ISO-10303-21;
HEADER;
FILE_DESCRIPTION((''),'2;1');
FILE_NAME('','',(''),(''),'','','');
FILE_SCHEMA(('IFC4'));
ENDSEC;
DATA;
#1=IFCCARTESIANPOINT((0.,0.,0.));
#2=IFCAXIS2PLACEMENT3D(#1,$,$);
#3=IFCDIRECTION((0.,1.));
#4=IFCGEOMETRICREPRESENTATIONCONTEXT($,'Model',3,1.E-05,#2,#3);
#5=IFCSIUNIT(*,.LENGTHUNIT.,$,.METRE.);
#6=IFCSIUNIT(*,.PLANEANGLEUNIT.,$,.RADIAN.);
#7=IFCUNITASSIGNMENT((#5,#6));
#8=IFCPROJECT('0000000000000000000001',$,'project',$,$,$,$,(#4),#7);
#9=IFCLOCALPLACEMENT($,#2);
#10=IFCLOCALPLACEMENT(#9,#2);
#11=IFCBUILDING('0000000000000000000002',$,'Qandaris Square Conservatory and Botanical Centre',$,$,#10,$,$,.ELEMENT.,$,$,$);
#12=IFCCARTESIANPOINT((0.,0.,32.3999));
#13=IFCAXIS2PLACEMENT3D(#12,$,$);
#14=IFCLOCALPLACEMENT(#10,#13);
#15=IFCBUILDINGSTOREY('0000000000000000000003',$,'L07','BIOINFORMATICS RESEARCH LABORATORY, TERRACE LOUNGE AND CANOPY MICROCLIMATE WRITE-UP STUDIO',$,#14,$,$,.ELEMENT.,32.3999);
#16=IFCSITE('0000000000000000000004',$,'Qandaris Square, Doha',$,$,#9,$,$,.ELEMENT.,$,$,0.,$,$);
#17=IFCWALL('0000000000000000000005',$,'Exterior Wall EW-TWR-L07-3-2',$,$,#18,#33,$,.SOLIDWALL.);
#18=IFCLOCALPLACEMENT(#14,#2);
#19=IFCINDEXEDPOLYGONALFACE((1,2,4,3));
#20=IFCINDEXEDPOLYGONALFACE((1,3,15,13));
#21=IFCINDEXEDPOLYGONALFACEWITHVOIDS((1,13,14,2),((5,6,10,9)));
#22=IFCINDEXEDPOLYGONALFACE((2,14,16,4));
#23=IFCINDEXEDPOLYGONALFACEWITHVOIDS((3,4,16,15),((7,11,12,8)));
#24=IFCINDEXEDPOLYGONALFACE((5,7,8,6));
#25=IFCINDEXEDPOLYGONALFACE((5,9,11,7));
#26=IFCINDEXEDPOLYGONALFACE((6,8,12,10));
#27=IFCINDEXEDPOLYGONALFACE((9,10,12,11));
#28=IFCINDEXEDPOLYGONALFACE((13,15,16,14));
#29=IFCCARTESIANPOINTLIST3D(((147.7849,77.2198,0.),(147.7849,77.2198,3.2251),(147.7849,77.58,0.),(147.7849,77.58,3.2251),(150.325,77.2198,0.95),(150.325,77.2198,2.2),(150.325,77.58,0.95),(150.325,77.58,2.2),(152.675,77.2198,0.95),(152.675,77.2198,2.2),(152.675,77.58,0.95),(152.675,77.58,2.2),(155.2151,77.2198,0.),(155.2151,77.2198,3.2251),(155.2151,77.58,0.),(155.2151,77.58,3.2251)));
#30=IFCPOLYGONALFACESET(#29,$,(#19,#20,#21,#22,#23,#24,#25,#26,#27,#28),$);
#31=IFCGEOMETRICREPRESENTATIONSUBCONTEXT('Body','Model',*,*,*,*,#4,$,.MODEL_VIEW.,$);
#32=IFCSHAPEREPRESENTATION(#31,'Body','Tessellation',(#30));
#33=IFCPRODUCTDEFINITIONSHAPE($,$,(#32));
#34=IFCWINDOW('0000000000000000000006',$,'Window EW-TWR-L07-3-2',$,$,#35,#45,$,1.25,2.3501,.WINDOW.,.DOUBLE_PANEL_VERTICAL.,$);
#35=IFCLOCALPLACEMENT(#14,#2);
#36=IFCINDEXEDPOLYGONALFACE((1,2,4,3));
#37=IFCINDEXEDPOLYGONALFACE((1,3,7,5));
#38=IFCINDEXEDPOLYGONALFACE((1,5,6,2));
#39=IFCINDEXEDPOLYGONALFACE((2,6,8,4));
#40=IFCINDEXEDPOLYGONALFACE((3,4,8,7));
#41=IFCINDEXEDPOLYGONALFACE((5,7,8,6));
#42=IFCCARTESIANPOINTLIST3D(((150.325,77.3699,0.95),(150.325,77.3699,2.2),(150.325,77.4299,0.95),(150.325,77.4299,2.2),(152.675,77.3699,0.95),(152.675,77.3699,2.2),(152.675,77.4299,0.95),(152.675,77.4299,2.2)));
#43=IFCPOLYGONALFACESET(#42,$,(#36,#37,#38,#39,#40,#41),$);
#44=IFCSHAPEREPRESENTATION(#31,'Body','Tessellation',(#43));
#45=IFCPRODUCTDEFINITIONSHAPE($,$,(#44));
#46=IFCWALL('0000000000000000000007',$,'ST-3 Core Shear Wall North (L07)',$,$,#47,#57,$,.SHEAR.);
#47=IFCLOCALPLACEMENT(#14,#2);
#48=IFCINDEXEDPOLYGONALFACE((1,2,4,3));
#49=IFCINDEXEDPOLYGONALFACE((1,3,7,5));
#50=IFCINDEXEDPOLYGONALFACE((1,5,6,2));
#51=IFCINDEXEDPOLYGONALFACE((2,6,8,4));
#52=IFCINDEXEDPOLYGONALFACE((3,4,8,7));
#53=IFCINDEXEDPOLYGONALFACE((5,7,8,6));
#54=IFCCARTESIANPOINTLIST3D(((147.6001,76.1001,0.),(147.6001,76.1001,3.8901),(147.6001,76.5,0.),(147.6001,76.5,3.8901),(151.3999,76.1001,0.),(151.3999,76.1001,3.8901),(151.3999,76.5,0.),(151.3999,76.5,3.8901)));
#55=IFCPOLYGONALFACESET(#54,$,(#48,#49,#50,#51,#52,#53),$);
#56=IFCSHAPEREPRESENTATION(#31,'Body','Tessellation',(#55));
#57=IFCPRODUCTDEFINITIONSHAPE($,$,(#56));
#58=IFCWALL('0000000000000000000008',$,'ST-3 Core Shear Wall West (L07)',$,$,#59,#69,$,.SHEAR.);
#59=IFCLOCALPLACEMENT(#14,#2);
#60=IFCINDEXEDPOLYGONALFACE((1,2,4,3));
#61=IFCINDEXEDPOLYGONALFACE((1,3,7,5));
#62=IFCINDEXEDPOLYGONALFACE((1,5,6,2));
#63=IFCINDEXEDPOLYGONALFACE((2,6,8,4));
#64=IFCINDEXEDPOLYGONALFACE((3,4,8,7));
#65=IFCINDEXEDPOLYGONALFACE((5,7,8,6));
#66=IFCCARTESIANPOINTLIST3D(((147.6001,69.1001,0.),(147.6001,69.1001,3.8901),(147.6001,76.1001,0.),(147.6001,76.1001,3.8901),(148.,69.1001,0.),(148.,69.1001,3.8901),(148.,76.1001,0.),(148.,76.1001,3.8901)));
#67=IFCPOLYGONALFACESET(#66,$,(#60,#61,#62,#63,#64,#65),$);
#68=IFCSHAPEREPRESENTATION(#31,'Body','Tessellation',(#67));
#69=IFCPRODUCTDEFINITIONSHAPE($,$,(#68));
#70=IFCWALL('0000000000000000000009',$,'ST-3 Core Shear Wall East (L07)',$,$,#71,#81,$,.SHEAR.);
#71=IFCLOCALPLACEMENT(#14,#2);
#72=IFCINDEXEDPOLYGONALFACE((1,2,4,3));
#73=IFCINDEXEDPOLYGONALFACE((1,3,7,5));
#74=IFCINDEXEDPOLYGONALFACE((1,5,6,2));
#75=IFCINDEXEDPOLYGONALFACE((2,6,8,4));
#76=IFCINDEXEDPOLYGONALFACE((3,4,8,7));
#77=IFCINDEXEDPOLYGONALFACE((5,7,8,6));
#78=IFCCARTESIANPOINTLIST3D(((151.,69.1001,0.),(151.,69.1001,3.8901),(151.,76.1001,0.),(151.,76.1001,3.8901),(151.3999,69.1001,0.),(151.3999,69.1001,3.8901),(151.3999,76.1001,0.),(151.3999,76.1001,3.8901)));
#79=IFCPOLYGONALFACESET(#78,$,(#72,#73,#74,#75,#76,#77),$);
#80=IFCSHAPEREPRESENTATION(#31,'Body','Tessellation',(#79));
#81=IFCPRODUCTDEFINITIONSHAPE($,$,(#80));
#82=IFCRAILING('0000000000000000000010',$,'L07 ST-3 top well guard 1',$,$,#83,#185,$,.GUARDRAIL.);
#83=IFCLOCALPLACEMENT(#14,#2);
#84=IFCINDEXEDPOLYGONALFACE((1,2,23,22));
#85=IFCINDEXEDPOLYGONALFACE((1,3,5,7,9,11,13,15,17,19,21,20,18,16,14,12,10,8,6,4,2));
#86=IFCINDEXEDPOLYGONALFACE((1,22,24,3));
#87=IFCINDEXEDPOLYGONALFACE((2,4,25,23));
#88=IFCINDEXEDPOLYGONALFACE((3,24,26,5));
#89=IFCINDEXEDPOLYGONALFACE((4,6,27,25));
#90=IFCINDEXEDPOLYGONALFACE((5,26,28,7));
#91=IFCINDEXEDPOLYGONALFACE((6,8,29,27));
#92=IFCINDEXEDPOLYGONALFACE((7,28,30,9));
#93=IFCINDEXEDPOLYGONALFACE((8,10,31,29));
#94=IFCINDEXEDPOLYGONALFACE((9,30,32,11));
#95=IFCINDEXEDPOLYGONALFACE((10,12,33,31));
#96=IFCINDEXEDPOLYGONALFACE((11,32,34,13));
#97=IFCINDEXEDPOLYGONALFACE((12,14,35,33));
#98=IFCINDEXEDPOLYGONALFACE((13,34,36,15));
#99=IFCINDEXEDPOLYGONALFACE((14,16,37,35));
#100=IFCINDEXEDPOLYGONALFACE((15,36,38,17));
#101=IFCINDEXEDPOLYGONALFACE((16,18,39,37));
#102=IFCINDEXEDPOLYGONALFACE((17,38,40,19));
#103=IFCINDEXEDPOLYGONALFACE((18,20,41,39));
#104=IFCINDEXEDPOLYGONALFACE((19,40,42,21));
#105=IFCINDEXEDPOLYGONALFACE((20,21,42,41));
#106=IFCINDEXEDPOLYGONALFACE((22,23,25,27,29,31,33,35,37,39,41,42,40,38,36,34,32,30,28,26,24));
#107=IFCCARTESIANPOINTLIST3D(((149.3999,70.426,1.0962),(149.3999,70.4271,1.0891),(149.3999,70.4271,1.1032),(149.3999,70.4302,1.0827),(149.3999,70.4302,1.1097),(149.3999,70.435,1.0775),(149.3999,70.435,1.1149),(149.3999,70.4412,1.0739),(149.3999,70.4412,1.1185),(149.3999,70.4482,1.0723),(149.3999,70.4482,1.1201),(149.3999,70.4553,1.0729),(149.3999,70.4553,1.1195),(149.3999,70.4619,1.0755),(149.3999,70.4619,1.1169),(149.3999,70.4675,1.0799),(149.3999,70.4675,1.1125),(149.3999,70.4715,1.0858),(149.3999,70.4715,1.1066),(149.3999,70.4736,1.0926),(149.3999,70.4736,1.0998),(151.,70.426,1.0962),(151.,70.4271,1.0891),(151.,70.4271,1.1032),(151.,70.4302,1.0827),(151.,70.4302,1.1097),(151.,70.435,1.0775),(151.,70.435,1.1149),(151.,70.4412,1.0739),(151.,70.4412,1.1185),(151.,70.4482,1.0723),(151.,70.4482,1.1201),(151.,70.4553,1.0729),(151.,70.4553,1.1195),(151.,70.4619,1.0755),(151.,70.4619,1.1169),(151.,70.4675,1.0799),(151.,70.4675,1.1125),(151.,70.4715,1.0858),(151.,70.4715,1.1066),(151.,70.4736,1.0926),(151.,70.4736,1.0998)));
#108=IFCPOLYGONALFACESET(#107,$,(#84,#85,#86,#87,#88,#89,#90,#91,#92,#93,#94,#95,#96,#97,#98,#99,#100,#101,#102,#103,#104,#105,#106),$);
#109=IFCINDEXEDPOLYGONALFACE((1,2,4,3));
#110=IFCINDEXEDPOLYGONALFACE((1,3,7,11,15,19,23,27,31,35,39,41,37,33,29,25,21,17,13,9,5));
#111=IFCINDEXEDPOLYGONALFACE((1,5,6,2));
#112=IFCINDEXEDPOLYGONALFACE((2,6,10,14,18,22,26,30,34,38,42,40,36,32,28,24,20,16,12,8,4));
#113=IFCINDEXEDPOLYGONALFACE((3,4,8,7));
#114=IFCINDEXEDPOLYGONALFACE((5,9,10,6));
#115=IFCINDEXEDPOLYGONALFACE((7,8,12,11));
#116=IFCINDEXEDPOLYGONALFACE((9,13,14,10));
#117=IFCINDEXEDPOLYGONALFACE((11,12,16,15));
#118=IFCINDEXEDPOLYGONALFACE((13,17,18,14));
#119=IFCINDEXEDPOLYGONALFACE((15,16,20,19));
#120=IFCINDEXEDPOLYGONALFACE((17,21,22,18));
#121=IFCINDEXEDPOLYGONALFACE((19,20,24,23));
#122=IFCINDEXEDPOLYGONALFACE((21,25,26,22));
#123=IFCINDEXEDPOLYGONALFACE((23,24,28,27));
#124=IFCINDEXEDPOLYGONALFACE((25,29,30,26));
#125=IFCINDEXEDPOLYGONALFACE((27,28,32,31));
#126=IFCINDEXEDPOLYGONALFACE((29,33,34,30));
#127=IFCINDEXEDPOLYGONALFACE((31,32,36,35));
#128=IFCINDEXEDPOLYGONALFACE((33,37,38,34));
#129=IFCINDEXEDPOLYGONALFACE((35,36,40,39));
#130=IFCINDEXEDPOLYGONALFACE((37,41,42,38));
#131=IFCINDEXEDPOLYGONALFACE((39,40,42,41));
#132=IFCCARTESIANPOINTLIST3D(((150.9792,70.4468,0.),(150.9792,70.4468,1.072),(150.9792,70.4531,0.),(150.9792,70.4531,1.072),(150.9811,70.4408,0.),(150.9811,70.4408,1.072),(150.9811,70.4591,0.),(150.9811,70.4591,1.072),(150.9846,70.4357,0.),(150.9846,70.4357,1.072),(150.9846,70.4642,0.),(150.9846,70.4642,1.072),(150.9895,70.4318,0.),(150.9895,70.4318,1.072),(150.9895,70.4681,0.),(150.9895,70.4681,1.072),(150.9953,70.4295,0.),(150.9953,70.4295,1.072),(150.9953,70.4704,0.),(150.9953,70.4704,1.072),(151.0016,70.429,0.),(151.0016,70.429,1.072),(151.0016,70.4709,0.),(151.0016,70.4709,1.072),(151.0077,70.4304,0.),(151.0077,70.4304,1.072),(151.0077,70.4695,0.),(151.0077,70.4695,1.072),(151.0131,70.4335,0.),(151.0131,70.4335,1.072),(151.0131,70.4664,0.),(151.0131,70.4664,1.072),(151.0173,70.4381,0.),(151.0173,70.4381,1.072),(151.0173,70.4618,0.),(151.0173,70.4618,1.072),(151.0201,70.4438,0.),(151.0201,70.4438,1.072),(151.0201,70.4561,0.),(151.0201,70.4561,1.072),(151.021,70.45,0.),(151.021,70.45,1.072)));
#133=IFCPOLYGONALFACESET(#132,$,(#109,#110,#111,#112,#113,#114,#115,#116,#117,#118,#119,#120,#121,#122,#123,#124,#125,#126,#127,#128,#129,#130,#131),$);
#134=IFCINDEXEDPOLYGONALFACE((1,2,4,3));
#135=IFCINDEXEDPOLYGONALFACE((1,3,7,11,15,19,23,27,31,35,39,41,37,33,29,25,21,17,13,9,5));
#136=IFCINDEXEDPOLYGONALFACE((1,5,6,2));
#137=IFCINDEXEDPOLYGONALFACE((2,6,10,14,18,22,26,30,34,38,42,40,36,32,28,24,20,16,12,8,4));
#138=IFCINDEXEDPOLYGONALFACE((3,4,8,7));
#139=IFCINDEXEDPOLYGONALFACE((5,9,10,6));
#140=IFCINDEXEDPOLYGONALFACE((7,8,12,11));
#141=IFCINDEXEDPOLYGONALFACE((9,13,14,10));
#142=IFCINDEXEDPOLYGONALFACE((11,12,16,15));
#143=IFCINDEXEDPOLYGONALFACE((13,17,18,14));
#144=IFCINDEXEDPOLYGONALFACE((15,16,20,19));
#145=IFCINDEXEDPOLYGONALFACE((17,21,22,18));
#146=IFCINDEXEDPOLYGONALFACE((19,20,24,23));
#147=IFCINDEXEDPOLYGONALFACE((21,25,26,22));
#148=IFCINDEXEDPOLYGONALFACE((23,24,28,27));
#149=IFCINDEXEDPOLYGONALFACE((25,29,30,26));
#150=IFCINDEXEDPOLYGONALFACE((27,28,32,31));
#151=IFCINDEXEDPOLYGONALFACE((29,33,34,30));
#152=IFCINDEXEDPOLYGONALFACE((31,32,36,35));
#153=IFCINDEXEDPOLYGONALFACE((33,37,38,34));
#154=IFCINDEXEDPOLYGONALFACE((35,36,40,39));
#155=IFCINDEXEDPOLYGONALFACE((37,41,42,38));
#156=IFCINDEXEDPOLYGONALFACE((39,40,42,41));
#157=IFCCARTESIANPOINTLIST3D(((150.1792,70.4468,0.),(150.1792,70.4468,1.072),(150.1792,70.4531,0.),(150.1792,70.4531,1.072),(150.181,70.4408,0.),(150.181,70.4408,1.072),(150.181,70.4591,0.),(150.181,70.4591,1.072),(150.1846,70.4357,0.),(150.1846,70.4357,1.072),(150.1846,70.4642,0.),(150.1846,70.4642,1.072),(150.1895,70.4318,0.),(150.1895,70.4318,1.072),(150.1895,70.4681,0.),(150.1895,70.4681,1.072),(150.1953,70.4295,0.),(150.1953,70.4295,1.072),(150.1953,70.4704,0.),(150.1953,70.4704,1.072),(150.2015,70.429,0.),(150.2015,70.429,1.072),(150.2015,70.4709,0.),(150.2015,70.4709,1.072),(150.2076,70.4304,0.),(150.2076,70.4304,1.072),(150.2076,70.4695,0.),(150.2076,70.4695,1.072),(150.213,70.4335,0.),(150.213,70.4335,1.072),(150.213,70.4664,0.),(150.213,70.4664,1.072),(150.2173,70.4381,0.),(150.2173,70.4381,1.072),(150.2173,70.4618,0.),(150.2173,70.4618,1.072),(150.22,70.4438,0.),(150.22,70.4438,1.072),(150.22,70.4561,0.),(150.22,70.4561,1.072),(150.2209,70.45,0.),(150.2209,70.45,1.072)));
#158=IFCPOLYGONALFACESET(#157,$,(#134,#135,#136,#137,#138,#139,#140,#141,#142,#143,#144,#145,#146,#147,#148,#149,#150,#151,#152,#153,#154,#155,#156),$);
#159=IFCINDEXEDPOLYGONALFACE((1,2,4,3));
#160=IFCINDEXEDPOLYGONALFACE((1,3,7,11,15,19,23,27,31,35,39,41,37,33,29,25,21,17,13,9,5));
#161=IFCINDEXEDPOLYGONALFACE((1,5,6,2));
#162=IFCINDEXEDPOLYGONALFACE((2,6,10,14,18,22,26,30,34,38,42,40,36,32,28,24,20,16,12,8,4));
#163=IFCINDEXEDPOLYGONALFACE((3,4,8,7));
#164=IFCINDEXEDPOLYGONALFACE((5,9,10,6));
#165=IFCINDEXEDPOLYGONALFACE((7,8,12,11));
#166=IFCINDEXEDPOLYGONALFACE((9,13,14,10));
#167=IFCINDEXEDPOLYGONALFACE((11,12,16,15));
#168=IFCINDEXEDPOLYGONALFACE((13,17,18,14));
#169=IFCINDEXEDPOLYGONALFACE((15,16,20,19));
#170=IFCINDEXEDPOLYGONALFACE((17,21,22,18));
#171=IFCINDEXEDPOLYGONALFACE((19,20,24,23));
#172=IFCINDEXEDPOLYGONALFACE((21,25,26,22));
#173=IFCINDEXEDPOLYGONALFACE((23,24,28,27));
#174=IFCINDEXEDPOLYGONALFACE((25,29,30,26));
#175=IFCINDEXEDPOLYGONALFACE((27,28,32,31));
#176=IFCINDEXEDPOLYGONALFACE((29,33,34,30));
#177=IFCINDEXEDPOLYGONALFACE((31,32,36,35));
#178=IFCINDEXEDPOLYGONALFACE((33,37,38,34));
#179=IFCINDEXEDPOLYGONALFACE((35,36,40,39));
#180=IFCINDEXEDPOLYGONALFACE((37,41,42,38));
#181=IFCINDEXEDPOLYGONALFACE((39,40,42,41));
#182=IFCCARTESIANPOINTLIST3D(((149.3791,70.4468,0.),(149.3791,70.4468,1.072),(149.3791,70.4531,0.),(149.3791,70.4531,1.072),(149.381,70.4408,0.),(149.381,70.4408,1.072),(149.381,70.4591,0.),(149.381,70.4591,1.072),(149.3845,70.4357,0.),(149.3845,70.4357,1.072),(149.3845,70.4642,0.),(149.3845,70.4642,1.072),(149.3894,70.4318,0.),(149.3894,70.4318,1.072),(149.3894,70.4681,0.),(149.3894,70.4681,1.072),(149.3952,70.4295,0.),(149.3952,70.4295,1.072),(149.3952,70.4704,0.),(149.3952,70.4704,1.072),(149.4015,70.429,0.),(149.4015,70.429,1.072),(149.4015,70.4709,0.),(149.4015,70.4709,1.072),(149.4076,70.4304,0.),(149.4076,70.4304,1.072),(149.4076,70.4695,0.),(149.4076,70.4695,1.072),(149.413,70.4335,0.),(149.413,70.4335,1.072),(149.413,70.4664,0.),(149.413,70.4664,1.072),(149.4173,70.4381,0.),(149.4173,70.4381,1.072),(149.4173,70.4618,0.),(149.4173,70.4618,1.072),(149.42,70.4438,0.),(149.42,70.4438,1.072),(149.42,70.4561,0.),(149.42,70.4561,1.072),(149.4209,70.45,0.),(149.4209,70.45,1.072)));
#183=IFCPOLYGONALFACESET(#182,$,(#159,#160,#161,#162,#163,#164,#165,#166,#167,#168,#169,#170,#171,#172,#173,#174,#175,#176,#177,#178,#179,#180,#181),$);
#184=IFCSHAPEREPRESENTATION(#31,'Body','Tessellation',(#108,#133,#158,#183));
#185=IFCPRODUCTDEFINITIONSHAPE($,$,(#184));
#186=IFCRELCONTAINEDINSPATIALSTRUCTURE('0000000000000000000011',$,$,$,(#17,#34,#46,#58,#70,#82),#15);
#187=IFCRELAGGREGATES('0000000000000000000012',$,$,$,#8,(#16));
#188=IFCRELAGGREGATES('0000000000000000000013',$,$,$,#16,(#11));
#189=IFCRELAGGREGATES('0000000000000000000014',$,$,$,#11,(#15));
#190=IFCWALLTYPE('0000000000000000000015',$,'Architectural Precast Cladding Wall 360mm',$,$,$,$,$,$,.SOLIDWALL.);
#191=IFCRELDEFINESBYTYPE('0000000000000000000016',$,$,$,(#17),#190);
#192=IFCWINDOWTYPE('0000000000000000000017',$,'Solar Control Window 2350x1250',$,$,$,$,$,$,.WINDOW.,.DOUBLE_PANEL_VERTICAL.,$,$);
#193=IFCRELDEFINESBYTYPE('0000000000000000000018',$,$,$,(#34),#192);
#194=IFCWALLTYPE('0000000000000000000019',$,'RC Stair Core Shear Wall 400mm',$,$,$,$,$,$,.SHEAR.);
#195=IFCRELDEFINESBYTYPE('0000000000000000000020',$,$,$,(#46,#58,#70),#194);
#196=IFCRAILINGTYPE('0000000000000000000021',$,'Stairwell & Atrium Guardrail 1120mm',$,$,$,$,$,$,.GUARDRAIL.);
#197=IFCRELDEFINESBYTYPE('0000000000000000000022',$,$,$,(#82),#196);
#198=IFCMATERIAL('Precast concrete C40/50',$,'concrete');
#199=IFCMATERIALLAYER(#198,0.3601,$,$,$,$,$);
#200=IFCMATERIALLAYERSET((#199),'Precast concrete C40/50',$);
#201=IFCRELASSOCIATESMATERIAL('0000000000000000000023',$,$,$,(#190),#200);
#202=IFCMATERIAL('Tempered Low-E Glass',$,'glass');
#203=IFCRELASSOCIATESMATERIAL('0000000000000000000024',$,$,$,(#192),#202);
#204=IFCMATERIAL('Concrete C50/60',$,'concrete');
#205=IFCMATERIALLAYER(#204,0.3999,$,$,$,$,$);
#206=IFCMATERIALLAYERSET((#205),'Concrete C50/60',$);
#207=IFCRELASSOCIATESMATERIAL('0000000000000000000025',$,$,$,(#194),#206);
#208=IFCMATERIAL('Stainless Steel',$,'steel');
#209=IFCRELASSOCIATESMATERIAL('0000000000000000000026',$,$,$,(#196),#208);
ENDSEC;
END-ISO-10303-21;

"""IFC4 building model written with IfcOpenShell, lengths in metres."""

from ifc_helpers import new_model, si_unit, direction, frame, frame_2d, origin, origin_2d, place, context, subcontext, project, spatial, rectangle, circle, extrude, material, layer, layer_set, type_object, element, fill, save


model = new_model("IFC4")

# Units and contexts
model_context = context("Model", 3, precision=1e-05, world=origin(), true_north=direction((0.0, 1.0)))
body_context = subcontext(model_context, "Body", "Model", "MODEL_VIEW")
ifc_project = project(units=[si_unit("LENGTHUNIT", "METRE"), si_unit("PLANEANGLEUNIT", "RADIAN")], contexts=[model_context])

# Site, building, storey
site_placement = place(None, origin())
site = spatial("IfcSite", under=ifc_project, at=site_placement, Name="Qandaris Square, Doha", CompositionType="ELEMENT", RefElevation=0.0)
building_placement = place(site_placement, origin())
building = spatial("IfcBuilding", under=site, at=building_placement, Name="Qandaris Square Conservatory and Botanical Centre", CompositionType="ELEMENT")
storey_placement = place(building_placement, frame((0.0, 0.0, 32.3999)))
storey = spatial("IfcBuildingStorey", under=building, at=storey_placement, Name="L07", Description="BIOINFORMATICS RESEARCH LABORATORY, TERRACE LOUNGE AND CANOPY MICROCLIMATE WRITE-UP STUDIO", CompositionType="ELEMENT", Elevation=32.3999)

# Shared definitions
ifc_material_1 = material(Name="Concrete C50/60", Category="concrete")

# Shared definitions
ifc_material_2 = material(Name="Tempered Low-E Glass", Category="glass")

# Wall, opening, window
ifc_material_3 = material(Name="Precast concrete C40/50", Category="concrete")
ifc_layer_1 = layer(ifc_material_3, 0.3601)
ifc_layer_set_1 = layer_set([ifc_layer_1], Name="Precast concrete C40/50")
wall_type_1 = type_object("IfcWallType", Name="Architectural Precast Cladding Wall 360mm", PredefinedType="SOLIDWALL", material=ifc_layer_set_1)
wall_1_placement = place(storey_placement, frame((155.2151, 77.3999, 0.0), z_axis=(0.0, 0.0, 1.0), x_axis=(-1.0, 0.0, 0.0)))
wall_1 = element("IfcWall", 1, at=wall_1_placement, inside=storey, type_object=wall_type_1, Name="Exterior Wall EW-TWR-L07-3-2", PredefinedType="SOLIDWALL", context=body_context, shape_type="SweptSolid", body=[
    extrude(rectangle(XDim=7.4302, YDim=0.3601, at=frame_2d((3.7151, 0.0))), origin(), (0.0, 0.0, 1.0), 3.2251),
])
opening_placement = place(wall_1_placement, frame((2.54, 0.0, 0.95)))
opening = element("IfcOpeningElement", 2, at=opening_placement, cuts=wall_1, PredefinedType="OPENING", context=body_context, shape_type="SweptSolid", body=[
    extrude(rectangle(XDim=2.3501, YDim=1.25, at=frame_2d((1.175, 0.625))), frame((0.0, 0.1919, 0.0), z_axis=(0.0, -1.0, 0.0), x_axis=(1.0, 0.0, 0.0)), (0.0, 0.0, 1.0), 0.384),
])
window_type = type_object("IfcWindowType", Name="Solar Control Window 2350x1250", PartitioningType="DOUBLE_PANEL_VERTICAL", PredefinedType="WINDOW", material=ifc_material_2)
window_placement = place(opening_placement, origin())
window = element("IfcWindow", 3, at=window_placement, inside=storey, type_object=window_type, Name="Window EW-TWR-L07-3-2", OverallHeight=1.25, OverallWidth=2.3501, PartitioningType="DOUBLE_PANEL_VERTICAL", PredefinedType="WINDOW", context=body_context, shape_type="SweptSolid", body=[
    extrude(rectangle(XDim=2.3501, YDim=1.25, at=frame_2d((1.175, 0.625))), frame((0.0, 0.03, 0.0), z_axis=(0.0, -1.0, 0.0), x_axis=(1.0, 0.0, 0.0)), (0.0, 0.0, 1.0), 0.0601),
])
fill(opening, window)

# Walls
ifc_layer_2 = layer(ifc_material_1, 0.3999)
ifc_layer_set_2 = layer_set([ifc_layer_2], Name="Concrete C50/60")
wall_type_2 = type_object("IfcWallType", Name="RC Stair Core Shear Wall 400mm", PredefinedType="SHEAR", material=ifc_layer_set_2)
wall_2_placement = place(storey_placement, frame((147.6001, 76.3, 0.0), z_axis=(0.0, 0.0, 1.0), x_axis=(1.0, 0.0, 0.0)))
element("IfcWall", 4, at=wall_2_placement, inside=storey, type_object=wall_type_2, Name="ST-3 Core Shear Wall North (L07)", PredefinedType="SHEAR", context=body_context, shape_type="SweptSolid", body=[
    extrude(rectangle(XDim=3.7998, YDim=0.3999, at=frame_2d((1.8999, 0.0))), origin(), (0.0, 0.0, 1.0), 3.8901),
])
for number, where, z_axis, x_axis, name in (
    (5, (147.8, 69.1001, 0.0), (0.0, 0.0, 1.0), (0.0, 1.0, 0.0), "ST-3 Core Shear Wall West (L07)"),
    (6, (151.2, 69.1001, 0.0), (0.0, 0.0, 1.0), (0.0, 1.0, 0.0), "ST-3 Core Shear Wall East (L07)"),
):
    element("IfcWall", number, at=place(storey_placement, frame(where, z_axis=z_axis, x_axis=x_axis)), inside=storey, type_object=wall_type_2, Name=name, PredefinedType="SHEAR", context=body_context, shape_type="SweptSolid", body=[
        extrude(rectangle(XDim=7.0, YDim=0.3999, at=frame_2d((3.5, 0.0))), origin(), (0.0, 0.0, 1.0), 3.8901),
    ])

# Railing
ifc_material_4 = material(Name="Stainless Steel", Category="steel")
railing_type = type_object("IfcRailingType", Name="Stairwell & Atrium Guardrail 1120mm", PredefinedType="GUARDRAIL", material=ifc_material_4)
railing_placement = place(storey_placement, frame((151.0, 70.45, 0.0)))
element("IfcRailing", 7, at=railing_placement, inside=storey, type_object=railing_type, Name="L07 ST-3 top well guard 1", PredefinedType="GUARDRAIL", context=body_context, shape_type="SweptSolid", body=[
    extrude(circle(Radius=0.0239, at=origin_2d()), frame((0.0, 0.0, 1.0962), z_axis=(-1.0, 0.0, 0.0), x_axis=(0.0, -1.0, 0.0)), (0.0, 0.0, 1.0), 1.6001),
    extrude(circle(Radius=0.021, at=origin_2d()), origin(), (0.0, 0.0, 1.0), 1.072),
    extrude(circle(Radius=0.021, at=origin_2d()), frame((-0.8, 0.0, 0.0)), (0.0, 0.0, 1.0), 1.072),
    extrude(circle(Radius=0.021, at=origin_2d()), frame((-1.6001, 0.0, 0.0)), (0.0, 0.0, 1.0), 1.072),
])

save(model, "model.ifc")
